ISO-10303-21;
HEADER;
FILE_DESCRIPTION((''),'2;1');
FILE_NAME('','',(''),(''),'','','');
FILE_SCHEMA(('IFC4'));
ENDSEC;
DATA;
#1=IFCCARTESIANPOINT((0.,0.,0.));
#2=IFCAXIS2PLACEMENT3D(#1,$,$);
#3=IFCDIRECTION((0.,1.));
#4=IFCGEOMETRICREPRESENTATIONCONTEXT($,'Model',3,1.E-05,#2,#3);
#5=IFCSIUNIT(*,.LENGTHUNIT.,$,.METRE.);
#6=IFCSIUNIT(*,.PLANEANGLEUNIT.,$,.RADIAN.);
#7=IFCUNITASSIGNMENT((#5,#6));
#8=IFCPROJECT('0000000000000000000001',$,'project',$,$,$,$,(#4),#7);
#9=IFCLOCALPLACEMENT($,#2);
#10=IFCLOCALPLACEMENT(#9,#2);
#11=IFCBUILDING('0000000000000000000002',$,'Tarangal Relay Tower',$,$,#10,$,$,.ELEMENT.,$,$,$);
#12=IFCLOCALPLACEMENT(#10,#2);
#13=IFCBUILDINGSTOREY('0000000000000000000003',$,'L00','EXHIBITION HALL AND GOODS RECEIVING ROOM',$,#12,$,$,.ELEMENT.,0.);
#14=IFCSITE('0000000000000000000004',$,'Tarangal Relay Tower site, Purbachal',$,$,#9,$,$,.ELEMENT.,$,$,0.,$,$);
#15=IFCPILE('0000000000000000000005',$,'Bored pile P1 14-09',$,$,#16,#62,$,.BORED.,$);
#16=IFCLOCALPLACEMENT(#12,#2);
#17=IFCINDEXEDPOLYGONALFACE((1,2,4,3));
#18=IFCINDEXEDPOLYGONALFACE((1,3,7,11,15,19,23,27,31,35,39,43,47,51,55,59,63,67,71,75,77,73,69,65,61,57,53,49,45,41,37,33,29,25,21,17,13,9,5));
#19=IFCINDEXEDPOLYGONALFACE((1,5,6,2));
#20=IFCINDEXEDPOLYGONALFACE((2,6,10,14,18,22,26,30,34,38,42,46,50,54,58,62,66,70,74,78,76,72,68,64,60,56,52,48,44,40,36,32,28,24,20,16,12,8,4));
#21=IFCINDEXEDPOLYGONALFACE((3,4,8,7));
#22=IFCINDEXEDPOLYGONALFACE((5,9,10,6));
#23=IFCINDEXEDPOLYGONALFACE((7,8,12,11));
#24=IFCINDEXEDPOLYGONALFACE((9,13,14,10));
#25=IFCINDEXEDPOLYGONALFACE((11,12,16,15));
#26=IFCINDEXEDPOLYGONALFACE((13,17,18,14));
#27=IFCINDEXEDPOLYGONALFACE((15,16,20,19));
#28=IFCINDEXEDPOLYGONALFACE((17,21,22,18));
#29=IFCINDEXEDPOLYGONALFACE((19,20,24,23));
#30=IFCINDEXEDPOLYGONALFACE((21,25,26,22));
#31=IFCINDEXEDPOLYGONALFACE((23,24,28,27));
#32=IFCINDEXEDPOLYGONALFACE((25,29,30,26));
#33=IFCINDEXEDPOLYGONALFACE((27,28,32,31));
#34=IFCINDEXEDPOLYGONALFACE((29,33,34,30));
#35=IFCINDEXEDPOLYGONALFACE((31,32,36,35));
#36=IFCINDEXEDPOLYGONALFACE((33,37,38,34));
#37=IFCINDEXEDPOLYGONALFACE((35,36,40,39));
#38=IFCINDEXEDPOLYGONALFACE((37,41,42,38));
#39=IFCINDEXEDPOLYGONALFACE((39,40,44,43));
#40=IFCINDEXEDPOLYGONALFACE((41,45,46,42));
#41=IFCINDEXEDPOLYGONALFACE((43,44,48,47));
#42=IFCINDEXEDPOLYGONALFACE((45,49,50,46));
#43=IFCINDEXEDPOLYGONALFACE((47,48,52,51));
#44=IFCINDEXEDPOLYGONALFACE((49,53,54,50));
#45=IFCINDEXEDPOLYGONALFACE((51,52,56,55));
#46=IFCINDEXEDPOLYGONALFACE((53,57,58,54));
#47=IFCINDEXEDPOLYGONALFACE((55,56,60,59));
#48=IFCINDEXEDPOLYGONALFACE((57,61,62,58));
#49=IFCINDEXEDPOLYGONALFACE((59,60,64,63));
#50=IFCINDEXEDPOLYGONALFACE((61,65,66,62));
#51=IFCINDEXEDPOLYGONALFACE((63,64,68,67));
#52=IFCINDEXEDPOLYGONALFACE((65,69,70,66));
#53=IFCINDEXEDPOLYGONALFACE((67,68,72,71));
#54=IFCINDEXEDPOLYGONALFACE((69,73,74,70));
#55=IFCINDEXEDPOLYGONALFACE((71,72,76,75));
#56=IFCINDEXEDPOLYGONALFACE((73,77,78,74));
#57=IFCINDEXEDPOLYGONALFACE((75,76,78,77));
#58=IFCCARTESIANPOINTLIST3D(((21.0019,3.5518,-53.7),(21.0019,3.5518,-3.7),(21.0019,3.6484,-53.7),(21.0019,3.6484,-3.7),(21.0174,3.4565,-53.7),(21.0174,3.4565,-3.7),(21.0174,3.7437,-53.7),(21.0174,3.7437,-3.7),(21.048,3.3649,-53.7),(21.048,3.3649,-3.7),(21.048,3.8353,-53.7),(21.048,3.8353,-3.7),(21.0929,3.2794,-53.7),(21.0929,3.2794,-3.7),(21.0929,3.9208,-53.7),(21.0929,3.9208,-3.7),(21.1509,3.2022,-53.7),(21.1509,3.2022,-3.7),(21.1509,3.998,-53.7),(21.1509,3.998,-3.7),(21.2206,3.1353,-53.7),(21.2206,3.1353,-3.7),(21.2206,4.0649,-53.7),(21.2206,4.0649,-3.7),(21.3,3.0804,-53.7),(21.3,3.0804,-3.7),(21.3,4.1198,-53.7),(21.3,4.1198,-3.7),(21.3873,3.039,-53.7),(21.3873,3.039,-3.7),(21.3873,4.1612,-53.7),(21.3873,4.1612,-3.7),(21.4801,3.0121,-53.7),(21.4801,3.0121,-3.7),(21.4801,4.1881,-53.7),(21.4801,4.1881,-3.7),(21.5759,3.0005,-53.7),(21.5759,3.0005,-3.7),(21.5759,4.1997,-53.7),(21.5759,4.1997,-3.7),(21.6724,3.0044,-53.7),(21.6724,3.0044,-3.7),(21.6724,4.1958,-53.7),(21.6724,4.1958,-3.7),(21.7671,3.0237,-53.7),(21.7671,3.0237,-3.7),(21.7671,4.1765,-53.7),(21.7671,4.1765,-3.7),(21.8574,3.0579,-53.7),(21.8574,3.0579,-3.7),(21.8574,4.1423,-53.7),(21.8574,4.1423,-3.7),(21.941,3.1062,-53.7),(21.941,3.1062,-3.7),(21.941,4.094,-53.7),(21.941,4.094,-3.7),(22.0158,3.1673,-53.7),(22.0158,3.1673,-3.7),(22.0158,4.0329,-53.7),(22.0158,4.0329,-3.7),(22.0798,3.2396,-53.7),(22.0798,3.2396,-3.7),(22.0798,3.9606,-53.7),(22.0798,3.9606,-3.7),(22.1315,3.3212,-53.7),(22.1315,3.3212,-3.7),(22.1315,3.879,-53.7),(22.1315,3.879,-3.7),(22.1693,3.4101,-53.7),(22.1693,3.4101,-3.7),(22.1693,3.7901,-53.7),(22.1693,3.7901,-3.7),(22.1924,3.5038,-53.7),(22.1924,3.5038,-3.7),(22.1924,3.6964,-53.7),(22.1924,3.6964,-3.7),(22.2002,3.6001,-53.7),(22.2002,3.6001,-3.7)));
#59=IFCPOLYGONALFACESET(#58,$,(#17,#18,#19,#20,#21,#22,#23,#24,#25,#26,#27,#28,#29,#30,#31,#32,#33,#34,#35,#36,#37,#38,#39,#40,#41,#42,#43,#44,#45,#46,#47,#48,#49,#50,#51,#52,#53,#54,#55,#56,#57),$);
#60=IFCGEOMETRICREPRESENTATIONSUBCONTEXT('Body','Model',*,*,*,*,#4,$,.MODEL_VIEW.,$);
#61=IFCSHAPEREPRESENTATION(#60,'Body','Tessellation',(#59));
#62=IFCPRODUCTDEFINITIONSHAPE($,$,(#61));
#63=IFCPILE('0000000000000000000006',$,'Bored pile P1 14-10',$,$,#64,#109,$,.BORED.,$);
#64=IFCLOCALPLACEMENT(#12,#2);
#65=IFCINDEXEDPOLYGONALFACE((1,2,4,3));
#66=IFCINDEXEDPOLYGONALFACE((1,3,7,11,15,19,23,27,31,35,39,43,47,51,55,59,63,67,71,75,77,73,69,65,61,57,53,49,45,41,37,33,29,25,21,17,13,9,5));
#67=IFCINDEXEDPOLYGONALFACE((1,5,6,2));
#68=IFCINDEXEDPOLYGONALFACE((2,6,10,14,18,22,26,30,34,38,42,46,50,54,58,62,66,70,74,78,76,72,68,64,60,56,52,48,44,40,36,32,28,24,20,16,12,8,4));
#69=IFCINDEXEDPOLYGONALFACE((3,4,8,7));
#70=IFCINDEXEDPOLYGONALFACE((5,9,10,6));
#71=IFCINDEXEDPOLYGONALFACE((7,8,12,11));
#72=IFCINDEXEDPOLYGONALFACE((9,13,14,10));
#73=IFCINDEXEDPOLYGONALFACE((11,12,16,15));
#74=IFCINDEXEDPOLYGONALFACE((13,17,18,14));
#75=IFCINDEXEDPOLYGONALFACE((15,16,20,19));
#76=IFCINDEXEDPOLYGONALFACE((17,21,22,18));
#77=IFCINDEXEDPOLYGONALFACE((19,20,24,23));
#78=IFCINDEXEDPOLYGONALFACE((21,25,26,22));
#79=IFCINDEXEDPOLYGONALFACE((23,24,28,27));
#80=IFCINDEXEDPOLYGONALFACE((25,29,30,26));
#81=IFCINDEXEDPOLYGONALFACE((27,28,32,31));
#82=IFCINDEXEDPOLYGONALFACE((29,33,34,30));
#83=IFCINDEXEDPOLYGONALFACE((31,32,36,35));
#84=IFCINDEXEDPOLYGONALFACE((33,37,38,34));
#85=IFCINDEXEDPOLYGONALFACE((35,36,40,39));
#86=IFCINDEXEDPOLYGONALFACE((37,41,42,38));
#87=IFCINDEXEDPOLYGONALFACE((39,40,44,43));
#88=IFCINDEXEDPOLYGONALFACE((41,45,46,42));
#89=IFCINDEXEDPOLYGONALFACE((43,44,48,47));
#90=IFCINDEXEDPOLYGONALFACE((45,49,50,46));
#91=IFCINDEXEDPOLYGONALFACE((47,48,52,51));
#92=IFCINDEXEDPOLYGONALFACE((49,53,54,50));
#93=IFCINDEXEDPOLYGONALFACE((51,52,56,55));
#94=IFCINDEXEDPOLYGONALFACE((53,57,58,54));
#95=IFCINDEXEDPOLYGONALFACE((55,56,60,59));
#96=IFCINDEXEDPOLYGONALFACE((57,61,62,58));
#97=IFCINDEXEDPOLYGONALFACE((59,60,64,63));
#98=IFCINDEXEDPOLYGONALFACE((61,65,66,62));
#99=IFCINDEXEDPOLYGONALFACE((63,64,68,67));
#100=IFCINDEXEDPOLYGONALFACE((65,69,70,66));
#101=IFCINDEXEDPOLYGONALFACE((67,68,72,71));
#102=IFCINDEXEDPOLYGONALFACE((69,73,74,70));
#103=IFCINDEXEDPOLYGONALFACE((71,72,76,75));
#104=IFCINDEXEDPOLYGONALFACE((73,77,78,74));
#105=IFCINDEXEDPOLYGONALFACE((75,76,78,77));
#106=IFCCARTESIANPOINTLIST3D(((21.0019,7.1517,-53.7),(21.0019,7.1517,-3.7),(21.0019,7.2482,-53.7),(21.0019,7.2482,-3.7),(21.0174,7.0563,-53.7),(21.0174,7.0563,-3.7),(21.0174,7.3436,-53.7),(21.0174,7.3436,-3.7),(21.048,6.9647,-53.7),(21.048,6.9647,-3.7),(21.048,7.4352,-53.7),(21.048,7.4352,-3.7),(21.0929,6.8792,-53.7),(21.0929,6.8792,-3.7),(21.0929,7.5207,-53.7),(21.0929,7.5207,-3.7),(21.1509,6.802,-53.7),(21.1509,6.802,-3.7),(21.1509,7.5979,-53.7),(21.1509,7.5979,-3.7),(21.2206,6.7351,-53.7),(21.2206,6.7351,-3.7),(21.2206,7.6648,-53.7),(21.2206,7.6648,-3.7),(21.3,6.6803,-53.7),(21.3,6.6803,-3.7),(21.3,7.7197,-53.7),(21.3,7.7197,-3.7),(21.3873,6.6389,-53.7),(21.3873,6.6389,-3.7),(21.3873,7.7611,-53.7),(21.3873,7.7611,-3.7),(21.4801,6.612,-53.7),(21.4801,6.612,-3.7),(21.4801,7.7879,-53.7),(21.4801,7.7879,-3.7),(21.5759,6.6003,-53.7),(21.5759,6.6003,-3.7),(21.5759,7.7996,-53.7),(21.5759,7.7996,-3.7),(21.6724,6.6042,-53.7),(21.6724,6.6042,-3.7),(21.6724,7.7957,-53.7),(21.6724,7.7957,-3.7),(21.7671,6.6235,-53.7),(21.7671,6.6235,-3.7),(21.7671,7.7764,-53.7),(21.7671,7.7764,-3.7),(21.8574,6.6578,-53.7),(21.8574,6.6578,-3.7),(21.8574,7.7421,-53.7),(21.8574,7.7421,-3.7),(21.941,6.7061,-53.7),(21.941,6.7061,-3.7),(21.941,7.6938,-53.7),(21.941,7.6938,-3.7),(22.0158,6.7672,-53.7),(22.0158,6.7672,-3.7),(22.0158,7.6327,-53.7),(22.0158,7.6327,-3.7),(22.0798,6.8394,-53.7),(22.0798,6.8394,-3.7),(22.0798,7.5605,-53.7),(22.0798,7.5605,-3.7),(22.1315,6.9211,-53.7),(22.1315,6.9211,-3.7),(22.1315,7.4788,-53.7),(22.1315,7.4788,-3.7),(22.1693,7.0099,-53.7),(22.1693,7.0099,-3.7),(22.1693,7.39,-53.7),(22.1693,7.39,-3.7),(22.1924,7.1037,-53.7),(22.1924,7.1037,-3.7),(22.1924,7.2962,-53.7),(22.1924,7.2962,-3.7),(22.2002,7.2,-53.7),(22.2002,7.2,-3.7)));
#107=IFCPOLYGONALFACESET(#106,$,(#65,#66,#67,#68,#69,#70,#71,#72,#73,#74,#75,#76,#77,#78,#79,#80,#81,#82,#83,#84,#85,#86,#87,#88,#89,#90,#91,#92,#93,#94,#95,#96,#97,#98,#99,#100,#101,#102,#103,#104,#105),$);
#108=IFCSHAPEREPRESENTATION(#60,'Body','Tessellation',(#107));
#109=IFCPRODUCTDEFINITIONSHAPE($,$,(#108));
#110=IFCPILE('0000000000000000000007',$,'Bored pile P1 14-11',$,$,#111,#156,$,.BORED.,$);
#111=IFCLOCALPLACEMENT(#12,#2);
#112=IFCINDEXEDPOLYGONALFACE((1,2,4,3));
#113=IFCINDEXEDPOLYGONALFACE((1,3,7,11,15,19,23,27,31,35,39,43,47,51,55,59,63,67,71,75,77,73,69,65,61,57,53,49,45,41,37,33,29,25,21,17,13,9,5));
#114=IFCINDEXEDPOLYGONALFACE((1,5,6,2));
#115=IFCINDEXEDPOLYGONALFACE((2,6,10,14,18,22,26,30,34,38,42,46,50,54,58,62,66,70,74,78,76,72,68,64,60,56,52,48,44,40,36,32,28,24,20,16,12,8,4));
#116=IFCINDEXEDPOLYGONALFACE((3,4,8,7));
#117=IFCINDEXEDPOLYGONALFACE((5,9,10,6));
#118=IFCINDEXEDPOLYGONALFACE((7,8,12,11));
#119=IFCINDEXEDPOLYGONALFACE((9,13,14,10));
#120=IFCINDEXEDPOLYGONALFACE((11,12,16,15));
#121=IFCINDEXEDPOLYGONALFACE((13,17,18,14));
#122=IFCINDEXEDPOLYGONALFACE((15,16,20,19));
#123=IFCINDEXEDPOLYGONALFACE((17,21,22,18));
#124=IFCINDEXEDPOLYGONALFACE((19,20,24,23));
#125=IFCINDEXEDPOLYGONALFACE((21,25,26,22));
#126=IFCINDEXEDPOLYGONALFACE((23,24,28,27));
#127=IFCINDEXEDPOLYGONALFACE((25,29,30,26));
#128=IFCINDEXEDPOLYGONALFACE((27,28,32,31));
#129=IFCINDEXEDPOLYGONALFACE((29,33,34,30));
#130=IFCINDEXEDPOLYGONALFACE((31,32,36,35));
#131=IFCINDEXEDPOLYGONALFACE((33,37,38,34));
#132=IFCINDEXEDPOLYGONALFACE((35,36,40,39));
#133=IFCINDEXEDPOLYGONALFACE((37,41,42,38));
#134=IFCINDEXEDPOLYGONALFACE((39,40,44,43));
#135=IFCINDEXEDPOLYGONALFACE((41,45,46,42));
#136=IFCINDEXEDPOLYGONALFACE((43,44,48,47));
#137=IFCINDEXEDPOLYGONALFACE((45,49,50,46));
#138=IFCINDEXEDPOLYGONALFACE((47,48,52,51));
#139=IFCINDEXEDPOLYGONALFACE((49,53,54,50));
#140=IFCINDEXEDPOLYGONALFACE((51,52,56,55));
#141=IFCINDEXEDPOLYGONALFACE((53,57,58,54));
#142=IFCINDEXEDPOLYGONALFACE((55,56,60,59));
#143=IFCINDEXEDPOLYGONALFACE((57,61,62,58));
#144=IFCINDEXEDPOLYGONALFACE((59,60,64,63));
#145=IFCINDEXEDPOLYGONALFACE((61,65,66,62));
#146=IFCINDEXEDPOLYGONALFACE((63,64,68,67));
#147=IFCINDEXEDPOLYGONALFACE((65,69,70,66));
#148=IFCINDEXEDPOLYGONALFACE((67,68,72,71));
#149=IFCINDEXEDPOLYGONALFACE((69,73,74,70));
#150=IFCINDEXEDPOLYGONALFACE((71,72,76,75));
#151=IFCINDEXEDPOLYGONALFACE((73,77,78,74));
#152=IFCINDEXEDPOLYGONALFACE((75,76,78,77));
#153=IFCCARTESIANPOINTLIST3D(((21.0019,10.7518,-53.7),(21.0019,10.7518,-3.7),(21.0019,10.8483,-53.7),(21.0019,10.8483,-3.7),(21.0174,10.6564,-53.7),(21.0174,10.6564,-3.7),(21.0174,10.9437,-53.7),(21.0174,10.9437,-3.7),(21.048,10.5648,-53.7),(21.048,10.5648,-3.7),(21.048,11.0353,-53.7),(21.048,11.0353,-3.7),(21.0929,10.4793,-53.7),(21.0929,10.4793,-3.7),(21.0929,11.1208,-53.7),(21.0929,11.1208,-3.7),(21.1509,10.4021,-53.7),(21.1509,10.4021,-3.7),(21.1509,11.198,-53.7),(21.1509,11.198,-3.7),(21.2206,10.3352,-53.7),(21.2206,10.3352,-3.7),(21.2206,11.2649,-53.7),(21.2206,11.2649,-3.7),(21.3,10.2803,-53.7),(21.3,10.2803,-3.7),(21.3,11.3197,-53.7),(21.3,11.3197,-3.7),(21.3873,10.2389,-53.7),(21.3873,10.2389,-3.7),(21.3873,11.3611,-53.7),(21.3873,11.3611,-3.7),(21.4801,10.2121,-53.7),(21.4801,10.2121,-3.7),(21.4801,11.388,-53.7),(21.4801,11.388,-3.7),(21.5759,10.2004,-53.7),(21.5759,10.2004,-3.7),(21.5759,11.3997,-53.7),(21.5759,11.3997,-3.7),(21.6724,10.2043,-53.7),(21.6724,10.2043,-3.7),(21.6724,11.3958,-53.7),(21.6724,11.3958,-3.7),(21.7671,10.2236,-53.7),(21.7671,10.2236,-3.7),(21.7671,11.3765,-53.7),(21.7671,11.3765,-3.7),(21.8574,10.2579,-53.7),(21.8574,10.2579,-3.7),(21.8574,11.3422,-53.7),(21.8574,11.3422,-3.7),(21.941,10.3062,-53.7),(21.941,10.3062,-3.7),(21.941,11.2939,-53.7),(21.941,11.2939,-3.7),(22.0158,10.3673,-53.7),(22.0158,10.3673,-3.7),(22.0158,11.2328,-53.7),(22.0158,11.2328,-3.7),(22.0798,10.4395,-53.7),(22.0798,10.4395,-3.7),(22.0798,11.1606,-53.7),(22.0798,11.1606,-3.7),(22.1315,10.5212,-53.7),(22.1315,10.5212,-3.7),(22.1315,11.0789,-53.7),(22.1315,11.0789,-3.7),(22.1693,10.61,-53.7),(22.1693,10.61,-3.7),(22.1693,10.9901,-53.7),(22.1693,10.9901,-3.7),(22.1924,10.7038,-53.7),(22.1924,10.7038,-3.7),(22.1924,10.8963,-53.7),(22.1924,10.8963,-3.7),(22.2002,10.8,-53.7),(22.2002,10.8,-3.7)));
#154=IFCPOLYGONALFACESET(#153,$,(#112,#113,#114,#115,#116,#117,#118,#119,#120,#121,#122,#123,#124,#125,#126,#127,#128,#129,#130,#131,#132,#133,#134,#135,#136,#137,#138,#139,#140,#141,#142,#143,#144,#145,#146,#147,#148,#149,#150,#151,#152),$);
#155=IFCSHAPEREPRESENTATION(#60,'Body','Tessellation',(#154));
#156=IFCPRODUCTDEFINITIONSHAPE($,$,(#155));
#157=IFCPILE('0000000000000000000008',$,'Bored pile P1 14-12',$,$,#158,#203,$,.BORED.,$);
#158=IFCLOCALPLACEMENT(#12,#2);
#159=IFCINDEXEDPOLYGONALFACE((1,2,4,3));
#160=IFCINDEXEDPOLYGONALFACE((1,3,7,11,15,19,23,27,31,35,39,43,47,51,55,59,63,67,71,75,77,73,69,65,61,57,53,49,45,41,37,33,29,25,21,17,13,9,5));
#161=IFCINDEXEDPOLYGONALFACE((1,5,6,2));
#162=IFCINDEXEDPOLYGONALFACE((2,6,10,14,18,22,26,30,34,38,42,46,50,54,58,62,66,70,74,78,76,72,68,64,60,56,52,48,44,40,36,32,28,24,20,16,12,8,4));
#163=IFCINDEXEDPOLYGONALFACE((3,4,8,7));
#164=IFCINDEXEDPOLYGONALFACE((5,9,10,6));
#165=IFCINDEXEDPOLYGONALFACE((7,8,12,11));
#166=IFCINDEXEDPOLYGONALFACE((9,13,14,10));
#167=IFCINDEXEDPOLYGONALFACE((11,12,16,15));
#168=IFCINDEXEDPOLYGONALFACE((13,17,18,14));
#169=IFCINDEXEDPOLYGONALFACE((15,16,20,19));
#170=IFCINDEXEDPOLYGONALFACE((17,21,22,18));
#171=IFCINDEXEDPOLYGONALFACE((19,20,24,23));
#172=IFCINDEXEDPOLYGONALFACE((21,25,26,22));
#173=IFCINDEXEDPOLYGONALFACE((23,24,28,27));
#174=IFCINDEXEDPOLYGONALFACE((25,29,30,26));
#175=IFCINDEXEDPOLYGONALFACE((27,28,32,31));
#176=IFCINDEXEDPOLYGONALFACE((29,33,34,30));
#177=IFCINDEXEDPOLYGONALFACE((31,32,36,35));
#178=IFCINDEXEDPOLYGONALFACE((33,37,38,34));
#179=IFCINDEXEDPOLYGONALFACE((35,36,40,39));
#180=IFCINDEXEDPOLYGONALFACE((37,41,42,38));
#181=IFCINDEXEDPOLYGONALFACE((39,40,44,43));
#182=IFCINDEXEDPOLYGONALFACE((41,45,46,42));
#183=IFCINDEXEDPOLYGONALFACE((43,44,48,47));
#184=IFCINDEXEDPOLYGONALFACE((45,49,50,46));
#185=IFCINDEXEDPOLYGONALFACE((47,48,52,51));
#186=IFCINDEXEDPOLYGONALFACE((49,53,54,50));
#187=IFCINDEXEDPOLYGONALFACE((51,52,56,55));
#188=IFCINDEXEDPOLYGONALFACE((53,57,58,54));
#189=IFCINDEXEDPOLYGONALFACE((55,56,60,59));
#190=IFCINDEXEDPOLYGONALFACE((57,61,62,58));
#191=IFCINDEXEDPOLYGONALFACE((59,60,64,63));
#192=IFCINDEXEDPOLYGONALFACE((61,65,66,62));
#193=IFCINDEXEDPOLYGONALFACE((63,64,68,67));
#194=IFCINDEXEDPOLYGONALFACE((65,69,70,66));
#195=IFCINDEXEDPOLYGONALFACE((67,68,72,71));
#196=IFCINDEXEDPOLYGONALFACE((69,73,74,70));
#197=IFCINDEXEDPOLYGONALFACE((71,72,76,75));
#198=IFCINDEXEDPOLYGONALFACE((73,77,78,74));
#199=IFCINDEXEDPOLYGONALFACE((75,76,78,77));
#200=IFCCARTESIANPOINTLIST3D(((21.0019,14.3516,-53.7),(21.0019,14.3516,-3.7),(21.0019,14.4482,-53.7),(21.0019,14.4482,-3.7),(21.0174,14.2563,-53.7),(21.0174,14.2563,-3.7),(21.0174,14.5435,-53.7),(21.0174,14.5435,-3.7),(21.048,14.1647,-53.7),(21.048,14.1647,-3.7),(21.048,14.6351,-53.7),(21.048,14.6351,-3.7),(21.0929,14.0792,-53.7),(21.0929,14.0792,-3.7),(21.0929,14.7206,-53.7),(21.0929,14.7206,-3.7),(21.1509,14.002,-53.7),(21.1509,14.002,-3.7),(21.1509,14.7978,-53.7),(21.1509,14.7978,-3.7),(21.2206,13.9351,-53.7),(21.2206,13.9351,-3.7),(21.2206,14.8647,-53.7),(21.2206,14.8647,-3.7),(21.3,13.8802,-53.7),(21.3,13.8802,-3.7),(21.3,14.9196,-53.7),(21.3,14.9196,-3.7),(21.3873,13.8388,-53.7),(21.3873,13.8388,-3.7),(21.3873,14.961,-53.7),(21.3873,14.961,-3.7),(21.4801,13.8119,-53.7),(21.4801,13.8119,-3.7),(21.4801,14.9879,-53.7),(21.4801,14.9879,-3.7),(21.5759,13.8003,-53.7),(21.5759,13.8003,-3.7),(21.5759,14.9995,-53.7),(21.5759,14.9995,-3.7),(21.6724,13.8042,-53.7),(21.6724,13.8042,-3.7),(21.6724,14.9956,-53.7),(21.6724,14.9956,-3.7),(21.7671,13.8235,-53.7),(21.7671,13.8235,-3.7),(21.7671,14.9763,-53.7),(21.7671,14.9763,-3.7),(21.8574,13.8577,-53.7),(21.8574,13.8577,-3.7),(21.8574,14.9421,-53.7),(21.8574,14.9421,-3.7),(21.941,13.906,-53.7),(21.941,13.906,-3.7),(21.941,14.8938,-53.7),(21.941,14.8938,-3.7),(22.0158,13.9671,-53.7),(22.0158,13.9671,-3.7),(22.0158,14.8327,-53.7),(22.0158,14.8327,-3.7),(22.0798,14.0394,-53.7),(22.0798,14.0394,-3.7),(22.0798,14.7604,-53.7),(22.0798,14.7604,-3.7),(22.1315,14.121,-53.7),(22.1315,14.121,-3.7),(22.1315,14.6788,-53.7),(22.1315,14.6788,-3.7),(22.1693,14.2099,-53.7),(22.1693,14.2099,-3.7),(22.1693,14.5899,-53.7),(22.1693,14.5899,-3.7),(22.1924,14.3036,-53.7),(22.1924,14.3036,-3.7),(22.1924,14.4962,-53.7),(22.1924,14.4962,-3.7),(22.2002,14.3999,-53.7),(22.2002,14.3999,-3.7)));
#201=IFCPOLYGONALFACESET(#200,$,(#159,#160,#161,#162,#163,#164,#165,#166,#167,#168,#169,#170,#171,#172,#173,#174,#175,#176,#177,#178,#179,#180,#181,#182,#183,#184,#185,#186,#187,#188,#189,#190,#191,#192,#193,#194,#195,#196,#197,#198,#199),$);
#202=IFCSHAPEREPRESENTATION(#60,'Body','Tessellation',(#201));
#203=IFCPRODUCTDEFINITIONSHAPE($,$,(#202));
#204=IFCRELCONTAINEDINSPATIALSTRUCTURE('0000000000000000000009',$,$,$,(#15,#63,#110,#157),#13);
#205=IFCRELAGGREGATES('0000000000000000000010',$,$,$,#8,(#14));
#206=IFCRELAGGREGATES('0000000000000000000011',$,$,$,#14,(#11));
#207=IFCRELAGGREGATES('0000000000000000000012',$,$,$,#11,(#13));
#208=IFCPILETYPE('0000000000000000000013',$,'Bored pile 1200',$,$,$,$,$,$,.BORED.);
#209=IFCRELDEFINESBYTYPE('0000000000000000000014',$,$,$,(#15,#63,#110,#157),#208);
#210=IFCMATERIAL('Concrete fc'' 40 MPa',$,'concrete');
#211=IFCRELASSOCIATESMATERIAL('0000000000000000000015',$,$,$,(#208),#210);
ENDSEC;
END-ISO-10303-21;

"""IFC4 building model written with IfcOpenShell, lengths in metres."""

from ifc_helpers import new_model, si_unit, direction, frame, origin, origin_2d, place, context, subcontext, project, spatial, circle, extrude, material, material_profile, profile_set, type_object, element, save


model = new_model("IFC4")

# Units and contexts
model_context = context("Model", 3, precision=1e-05, world=origin(), true_north=direction((0.0, 1.0)))
body_context = subcontext(model_context, "Body", "Model", "MODEL_VIEW")
ifc_project = project(units=[si_unit("LENGTHUNIT", "METRE"), si_unit("PLANEANGLEUNIT", "RADIAN")], contexts=[model_context])

# Site, building, storey
site_placement = place(None, origin())
site = spatial("IfcSite", under=ifc_project, at=site_placement, Name="Tarangal Relay Tower site, Purbachal", CompositionType="ELEMENT", RefElevation=0.0)
building_placement = place(site_placement, origin())
building = spatial("IfcBuilding", under=site, at=building_placement, Name="Tarangal Relay Tower", CompositionType="ELEMENT")
storey_placement = place(building_placement, origin())
storey = spatial("IfcBuildingStorey", under=building, at=storey_placement, Name="L00", Description="EXHIBITION HALL AND GOODS RECEIVING ROOM", CompositionType="ELEMENT", Elevation=0.0)

# Piles
ifc_material_1 = material(Name="Concrete fc' 40 MPa", Category="concrete")
ifc_material_profile_1 = material_profile(ifc_material_1, circle(Radius=0.6001, at=origin_2d()), Name="D1200")
ifc_profile_set_1 = profile_set([ifc_material_profile_1], Name="Concrete fc' 40 MPa")
pile_type_1 = type_object("IfcPileType", Name="Bored pile 1200", PredefinedType="BORED", material=ifc_profile_set_1)
for number, where, z_axis, x_axis, name in (
    (1, (21.6001, 3.6001, -3.7), (0.0, 0.0, -1.0), (1.0, 0.0, 0.0), "Bored pile P1 14-09"),
    (2, (21.6001, 7.2, -3.7), (0.0, 0.0, -1.0), (1.0, 0.0, 0.0), "Bored pile P1 14-10"),
    (3, (21.6001, 10.8, -3.7), (0.0, 0.0, -1.0), (1.0, 0.0, 0.0), "Bored pile P1 14-11"),
    (4, (21.6001, 14.3999, -3.7), (0.0, 0.0, -1.0), (1.0, 0.0, 0.0), "Bored pile P1 14-12"),
):
    element("IfcPile", number, at=place(storey_placement, frame(where, z_axis=z_axis, x_axis=x_axis)), inside=storey, type_object=pile_type_1, Name=name, PredefinedType="BORED", context=body_context, shape_type="SweptSolid", body=[
        extrude(circle(Radius=0.6001, at=origin_2d()), origin(), (0.0, 0.0, 1.0), 50.0),
    ])

save(model, "model.ifc")
